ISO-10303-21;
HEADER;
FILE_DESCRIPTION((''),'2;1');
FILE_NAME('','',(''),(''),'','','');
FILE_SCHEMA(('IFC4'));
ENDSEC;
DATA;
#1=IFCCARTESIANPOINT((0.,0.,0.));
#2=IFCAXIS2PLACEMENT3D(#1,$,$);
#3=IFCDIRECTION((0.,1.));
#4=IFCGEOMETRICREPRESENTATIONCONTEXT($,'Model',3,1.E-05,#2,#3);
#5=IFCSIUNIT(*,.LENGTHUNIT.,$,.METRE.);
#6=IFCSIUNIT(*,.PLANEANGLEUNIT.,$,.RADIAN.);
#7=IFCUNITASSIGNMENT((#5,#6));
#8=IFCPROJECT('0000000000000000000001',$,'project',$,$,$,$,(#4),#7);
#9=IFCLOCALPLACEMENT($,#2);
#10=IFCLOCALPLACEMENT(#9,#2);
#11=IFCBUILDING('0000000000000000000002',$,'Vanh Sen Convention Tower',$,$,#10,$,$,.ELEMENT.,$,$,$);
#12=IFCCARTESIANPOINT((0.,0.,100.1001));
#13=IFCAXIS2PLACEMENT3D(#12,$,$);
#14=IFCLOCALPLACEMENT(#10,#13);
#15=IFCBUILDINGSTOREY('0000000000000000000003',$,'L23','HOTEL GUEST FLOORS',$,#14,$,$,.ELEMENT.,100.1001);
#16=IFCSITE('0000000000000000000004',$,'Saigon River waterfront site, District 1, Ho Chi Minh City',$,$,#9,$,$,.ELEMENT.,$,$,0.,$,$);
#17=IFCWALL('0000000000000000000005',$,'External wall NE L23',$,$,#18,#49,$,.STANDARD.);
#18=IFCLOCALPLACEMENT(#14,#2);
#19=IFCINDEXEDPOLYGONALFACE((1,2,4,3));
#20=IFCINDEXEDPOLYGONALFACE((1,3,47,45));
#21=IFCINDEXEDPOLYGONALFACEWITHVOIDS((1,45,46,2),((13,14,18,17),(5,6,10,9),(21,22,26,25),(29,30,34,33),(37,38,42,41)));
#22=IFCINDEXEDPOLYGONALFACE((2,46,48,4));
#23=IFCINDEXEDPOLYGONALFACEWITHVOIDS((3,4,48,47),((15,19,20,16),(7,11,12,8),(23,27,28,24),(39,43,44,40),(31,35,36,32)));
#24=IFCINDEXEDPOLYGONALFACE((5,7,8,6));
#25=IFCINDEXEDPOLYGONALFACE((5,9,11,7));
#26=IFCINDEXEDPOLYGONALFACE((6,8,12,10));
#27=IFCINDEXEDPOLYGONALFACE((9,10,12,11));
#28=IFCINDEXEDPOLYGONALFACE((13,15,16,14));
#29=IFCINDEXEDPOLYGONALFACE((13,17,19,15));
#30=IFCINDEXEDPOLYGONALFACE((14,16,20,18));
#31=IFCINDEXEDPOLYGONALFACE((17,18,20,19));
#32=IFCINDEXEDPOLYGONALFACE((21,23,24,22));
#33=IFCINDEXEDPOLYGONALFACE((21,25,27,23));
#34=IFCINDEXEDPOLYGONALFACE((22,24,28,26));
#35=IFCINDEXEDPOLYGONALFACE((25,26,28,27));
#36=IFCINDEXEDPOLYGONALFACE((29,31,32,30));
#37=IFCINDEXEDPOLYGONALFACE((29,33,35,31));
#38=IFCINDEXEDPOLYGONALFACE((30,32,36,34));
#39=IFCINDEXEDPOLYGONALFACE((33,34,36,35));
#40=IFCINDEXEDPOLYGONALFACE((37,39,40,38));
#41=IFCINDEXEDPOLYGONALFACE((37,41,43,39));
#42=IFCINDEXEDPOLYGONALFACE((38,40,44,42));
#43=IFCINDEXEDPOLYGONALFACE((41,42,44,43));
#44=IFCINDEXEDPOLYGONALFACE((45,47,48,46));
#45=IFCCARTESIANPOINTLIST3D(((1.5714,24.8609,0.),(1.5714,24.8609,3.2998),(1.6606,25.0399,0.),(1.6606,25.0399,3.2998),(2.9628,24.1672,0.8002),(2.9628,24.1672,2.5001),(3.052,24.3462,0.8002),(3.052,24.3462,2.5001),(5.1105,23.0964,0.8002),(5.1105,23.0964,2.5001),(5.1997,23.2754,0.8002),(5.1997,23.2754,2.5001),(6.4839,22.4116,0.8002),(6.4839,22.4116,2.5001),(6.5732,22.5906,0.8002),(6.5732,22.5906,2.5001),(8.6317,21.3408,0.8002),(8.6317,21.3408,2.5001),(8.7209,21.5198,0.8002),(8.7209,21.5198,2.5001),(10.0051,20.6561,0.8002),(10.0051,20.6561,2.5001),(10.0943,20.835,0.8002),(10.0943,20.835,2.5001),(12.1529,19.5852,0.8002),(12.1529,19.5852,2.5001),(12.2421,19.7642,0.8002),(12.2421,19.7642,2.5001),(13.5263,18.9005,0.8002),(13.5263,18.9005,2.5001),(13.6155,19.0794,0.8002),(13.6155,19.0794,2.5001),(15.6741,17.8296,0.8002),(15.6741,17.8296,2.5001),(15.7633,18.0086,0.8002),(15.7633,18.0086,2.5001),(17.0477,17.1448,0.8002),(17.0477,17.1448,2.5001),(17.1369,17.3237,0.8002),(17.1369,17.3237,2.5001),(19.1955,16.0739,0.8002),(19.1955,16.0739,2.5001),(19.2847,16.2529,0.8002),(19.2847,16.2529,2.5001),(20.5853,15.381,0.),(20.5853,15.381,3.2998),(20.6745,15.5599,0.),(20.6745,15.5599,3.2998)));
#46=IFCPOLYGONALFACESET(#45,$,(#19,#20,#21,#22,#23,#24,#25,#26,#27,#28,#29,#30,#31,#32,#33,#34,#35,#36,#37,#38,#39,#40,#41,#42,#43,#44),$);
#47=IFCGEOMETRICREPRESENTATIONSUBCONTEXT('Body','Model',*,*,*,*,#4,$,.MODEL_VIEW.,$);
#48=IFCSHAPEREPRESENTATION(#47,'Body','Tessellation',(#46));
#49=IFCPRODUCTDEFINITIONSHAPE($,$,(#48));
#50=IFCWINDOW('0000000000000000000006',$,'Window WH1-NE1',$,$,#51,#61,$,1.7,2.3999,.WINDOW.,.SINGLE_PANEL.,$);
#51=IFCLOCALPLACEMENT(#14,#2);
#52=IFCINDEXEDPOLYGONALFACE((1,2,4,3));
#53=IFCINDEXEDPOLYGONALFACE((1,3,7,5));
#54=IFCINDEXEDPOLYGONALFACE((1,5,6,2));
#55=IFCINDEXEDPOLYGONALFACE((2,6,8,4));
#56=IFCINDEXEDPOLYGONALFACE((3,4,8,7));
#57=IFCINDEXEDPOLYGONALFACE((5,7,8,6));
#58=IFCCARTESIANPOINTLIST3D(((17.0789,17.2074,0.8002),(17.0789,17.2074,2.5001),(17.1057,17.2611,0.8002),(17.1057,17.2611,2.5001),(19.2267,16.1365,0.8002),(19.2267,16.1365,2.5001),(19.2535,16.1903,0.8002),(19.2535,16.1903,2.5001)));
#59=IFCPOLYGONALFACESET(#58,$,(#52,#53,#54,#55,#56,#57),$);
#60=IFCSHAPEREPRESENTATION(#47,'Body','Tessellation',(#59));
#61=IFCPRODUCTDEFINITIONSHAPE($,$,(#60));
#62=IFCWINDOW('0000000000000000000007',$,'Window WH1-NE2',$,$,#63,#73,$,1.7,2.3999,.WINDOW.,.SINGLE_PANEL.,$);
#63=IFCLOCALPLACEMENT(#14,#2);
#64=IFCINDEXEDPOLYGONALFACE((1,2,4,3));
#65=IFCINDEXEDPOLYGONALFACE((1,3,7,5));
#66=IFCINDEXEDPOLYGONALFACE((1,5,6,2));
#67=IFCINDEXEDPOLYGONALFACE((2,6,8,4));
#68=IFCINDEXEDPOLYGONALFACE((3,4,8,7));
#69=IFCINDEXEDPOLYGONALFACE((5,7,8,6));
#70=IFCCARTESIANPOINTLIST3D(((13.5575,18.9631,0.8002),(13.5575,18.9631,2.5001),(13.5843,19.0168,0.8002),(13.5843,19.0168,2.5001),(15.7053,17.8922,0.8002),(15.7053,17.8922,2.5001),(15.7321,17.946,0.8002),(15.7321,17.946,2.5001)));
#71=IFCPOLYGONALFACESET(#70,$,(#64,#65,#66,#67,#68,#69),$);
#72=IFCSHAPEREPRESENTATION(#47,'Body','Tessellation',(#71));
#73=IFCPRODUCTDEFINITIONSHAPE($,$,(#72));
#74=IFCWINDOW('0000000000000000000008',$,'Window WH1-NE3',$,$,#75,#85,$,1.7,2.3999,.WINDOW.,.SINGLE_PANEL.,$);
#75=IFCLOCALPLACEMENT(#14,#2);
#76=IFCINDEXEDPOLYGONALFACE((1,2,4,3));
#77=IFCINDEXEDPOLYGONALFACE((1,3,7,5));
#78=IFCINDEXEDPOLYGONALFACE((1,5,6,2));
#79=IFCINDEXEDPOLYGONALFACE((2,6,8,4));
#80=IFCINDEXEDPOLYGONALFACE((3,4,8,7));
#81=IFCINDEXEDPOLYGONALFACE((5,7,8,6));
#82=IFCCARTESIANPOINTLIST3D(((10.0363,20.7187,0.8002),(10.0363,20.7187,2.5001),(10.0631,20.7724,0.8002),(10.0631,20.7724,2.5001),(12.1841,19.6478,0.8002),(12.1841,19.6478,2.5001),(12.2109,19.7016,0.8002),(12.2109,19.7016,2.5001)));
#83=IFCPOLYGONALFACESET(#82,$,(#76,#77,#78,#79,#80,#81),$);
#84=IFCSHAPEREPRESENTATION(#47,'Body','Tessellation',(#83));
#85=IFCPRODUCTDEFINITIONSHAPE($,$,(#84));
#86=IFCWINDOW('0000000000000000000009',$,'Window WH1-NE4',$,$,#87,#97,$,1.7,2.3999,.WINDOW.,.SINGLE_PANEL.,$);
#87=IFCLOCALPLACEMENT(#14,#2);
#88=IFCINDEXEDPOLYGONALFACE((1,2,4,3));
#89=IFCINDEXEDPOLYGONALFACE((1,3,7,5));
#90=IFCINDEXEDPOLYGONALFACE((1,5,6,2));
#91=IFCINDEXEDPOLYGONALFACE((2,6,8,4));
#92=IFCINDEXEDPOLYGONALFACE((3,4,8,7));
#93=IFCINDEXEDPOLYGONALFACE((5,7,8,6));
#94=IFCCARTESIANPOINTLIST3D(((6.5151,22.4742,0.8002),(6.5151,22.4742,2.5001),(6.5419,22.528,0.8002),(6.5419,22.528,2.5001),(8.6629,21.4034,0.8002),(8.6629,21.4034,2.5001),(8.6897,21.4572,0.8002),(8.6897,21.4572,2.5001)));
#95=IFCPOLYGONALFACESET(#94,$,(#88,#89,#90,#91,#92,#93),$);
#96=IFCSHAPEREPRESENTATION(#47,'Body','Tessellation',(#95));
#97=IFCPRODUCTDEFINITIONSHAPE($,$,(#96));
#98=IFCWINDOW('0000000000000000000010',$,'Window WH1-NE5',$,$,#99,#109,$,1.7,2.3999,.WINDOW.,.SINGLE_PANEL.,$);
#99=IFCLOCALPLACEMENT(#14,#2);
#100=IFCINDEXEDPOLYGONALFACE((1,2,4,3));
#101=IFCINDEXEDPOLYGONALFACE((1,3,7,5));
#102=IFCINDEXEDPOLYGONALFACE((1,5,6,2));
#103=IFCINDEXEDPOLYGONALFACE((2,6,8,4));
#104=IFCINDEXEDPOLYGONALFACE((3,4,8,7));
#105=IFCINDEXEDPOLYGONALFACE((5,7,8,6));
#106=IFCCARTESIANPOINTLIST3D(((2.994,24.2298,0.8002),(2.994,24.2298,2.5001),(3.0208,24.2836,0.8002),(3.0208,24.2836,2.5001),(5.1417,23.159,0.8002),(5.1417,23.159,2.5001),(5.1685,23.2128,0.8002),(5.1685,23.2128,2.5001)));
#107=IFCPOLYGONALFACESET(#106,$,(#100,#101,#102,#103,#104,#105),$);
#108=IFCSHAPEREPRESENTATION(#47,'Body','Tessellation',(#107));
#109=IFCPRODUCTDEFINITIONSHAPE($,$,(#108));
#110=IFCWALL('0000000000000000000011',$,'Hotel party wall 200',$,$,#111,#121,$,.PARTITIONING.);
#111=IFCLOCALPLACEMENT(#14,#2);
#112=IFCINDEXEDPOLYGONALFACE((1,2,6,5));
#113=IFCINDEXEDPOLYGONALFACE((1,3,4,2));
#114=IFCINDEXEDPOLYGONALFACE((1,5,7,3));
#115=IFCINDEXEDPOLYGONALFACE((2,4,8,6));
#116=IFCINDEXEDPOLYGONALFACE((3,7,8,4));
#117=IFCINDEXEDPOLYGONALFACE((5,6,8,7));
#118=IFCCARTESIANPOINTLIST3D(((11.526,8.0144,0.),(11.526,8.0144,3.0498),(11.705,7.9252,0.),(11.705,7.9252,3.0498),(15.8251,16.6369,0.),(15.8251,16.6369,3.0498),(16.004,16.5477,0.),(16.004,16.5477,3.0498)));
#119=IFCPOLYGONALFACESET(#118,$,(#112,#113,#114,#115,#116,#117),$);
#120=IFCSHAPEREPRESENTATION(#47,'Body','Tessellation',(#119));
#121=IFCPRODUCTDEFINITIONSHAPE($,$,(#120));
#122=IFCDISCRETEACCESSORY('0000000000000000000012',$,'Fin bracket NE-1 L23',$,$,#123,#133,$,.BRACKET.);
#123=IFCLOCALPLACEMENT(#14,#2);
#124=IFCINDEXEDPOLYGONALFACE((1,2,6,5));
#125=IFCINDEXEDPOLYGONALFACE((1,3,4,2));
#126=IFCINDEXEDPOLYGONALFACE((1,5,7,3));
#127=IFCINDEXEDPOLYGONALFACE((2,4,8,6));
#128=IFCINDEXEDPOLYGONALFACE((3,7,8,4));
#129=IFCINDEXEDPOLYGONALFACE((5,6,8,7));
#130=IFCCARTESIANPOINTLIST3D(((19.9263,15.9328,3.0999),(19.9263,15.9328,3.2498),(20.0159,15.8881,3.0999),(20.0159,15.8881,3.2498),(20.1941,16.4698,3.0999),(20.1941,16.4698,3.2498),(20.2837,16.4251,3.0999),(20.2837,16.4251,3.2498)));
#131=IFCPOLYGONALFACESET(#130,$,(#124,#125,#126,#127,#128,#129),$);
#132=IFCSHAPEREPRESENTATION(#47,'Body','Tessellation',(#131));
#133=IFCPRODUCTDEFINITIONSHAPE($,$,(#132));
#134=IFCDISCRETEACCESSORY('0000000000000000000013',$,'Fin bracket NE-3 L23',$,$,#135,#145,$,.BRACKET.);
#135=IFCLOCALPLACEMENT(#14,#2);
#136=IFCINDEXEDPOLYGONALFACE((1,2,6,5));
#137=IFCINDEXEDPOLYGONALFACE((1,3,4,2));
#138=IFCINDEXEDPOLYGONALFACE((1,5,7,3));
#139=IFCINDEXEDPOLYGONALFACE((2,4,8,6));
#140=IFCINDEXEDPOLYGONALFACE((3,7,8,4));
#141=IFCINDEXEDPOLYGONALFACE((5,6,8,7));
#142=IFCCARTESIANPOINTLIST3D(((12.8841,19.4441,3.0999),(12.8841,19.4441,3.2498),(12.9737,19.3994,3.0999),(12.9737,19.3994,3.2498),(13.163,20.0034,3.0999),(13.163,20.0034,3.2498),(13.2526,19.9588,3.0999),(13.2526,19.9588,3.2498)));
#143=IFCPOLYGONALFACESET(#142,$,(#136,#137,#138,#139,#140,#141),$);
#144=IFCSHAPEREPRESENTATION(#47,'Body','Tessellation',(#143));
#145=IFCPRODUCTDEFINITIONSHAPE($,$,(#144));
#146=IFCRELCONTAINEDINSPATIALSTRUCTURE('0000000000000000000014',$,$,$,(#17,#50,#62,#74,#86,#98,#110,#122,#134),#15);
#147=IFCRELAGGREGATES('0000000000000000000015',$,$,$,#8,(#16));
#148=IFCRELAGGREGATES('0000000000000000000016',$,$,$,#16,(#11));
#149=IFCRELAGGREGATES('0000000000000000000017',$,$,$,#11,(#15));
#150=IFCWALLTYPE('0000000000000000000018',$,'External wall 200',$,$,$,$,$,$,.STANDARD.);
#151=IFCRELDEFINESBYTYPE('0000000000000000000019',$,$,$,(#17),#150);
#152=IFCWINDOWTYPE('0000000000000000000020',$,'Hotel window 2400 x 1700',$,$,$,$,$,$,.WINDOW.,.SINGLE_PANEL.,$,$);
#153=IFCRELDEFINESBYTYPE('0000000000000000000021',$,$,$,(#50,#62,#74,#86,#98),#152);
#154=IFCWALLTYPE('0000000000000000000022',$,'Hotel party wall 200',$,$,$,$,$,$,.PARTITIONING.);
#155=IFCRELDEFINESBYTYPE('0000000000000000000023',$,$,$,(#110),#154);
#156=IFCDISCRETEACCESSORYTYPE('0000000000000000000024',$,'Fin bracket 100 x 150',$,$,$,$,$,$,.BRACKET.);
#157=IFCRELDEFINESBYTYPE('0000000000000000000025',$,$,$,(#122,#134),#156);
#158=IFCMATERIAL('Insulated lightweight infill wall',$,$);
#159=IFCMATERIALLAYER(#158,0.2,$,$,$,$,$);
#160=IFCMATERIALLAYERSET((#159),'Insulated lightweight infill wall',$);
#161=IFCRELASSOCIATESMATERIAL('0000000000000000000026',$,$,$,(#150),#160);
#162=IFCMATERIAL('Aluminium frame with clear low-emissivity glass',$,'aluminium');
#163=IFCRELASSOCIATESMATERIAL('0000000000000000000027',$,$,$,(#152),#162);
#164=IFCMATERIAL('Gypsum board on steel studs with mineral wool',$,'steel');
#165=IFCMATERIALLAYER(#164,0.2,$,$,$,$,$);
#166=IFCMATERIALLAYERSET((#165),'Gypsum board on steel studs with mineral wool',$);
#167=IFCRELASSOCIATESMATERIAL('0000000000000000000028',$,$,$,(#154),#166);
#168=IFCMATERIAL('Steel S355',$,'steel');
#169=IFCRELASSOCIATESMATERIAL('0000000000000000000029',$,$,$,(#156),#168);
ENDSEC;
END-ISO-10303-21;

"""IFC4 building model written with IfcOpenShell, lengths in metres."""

from ifc_helpers import new_model, si_unit, direction, frame, frame_2d, origin, origin_2d, place, context, subcontext, project, spatial, rectangle, extrude, material, layer, layer_set, type_object, element, fill, save


model = new_model("IFC4")

# Units and contexts
model_context = context("Model", 3, precision=1e-05, world=origin(), true_north=direction((0.0, 1.0)))
body_context = subcontext(model_context, "Body", "Model", "MODEL_VIEW")
ifc_project = project(units=[si_unit("LENGTHUNIT", "METRE"), si_unit("PLANEANGLEUNIT", "RADIAN")], contexts=[model_context])

# Site, building, storey
site_placement = place(None, origin())
site = spatial("IfcSite", under=ifc_project, at=site_placement, Name="Saigon River waterfront site, District 1, Ho Chi Minh City", CompositionType="ELEMENT", RefElevation=0.0)
building_placement = place(site_placement, origin())
building = spatial("IfcBuilding", under=site, at=building_placement, Name="Vanh Sen Convention Tower", CompositionType="ELEMENT")
storey_placement = place(building_placement, frame((0.0, 0.0, 100.1001)))
storey = spatial("IfcBuildingStorey", under=building, at=storey_placement, Name="L23", Description="HOTEL GUEST FLOORS", CompositionType="ELEMENT", Elevation=100.1001)

# Shared definitions
ifc_material_1 = material(Name="Insulated lightweight infill wall")
ifc_layer_1 = layer(ifc_material_1, 0.2)
ifc_layer_set_1 = layer_set([ifc_layer_1], Name="Insulated lightweight infill wall")
wall_type_1 = type_object("IfcWallType", Name="External wall 200", PredefinedType="STANDARD", material=ifc_layer_set_1)
ifc_material_2 = material(Name="Aluminium frame with clear low-emissivity glass", Category="aluminium")

# Wall, openings, windows
wall_1_placement = place(storey_placement, frame((20.6299, 15.4705, 0.0), z_axis=(0.0, 0.0, 1.0), x_axis=(-0.894935, 0.446197, 0.0)))
wall_1 = element("IfcWall", 1, at=wall_1_placement, inside=storey, type_object=wall_type_1, Name="External wall NE L23", PredefinedType="STANDARD", context=body_context, shape_type="SweptSolid", body=[
    extrude(rectangle(XDim=21.2461, YDim=0.2, at=frame_2d((10.623, 0.0))), origin(), (0.0, 0.0, 1.0), 3.2998),
])
opening_1_placement = place(wall_1_placement, frame((1.553, 0.0, 0.8)))
opening_1 = element("IfcOpeningElement", 2, at=opening_1_placement, cuts=wall_1, PredefinedType="OPENING", context=body_context, shape_type="SweptSolid", body=[
    extrude(rectangle(XDim=2.3999, YDim=1.7, at=frame_2d((1.2, 0.8501))), frame((0.0, 0.1099, 0.0), z_axis=(0.0, -1.0, 0.0), x_axis=(1.0, 0.0, 0.0)), (0.0, 0.0, 1.0), 0.22),
])
opening_2_placement = place(wall_1_placement, frame((5.4878, 0.0, 0.8)))
opening_2 = element("IfcOpeningElement", 3, at=opening_2_placement, cuts=wall_1, PredefinedType="OPENING", context=body_context, shape_type="SweptSolid", body=[
    extrude(rectangle(XDim=2.3999, YDim=1.7, at=frame_2d((1.2, 0.8501))), frame((0.0, 0.1099, 0.0), z_axis=(0.0, -1.0, 0.0), x_axis=(1.0, 0.0, 0.0)), (0.0, 0.0, 1.0), 0.22),
])
opening_3_placement = place(wall_1_placement, frame((9.4224, 0.0, 0.8)))
opening_3 = element("IfcOpeningElement", 4, at=opening_3_placement, cuts=wall_1, PredefinedType="OPENING", context=body_context, shape_type="SweptSolid", body=[
    extrude(rectangle(XDim=2.3999, YDim=1.7, at=frame_2d((1.2, 0.8501))), frame((0.0, 0.1099, 0.0), z_axis=(0.0, -1.0, 0.0), x_axis=(1.0, 0.0, 0.0)), (0.0, 0.0, 1.0), 0.22),
])
opening_4_placement = place(wall_1_placement, frame((13.3569, 0.0, 0.8)))
opening_4 = element("IfcOpeningElement", 5, at=opening_4_placement, cuts=wall_1, PredefinedType="OPENING", context=body_context, shape_type="SweptSolid", body=[
    extrude(rectangle(XDim=2.3999, YDim=1.7, at=frame_2d((1.2, 0.8501))), frame((0.0, 0.1099, 0.0), z_axis=(0.0, -1.0, 0.0), x_axis=(1.0, 0.0, 0.0)), (0.0, 0.0, 1.0), 0.22),
])
opening_5_placement = place(wall_1_placement, frame((17.2915, 0.0, 0.8)))
opening_5 = element("IfcOpeningElement", 6, at=opening_5_placement, cuts=wall_1, PredefinedType="OPENING", context=body_context, shape_type="SweptSolid", body=[
    extrude(rectangle(XDim=2.3999, YDim=1.7, at=frame_2d((1.2, 0.8501))), frame((0.0, 0.1099, 0.0), z_axis=(0.0, -1.0, 0.0), x_axis=(1.0, 0.0, 0.0)), (0.0, 0.0, 1.0), 0.22),
])
window_type_1 = type_object("IfcWindowType", Name="Hotel window 2400 x 1700", PartitioningType="SINGLE_PANEL", PredefinedType="WINDOW", material=ifc_material_2)
window_1_placement = place(opening_1_placement, origin())
window_1 = element("IfcWindow", 7, at=window_1_placement, inside=storey, type_object=window_type_1, Name="Window WH1-NE1", OverallHeight=1.7, OverallWidth=2.3999, PartitioningType="SINGLE_PANEL", PredefinedType="WINDOW", context=body_context, shape_type="SweptSolid", body=[
    extrude(rectangle(XDim=2.3999, YDim=1.7, at=frame_2d((1.2, 0.8501))), frame((0.0, 0.03, 0.0), z_axis=(0.0, -1.0, 0.0), x_axis=(1.0, 0.0, 0.0)), (0.0, 0.0, 1.0), 0.0601),
])
fill(opening_1, window_1)
window_2_placement = place(opening_2_placement, origin())
window_2 = element("IfcWindow", 8, at=window_2_placement, inside=storey, type_object=window_type_1, Name="Window WH1-NE2", OverallHeight=1.7, OverallWidth=2.3999, PartitioningType="SINGLE_PANEL", PredefinedType="WINDOW", context=body_context, shape_type="SweptSolid", body=[
    extrude(rectangle(XDim=2.3999, YDim=1.7, at=frame_2d((1.2, 0.8501))), frame((0.0, 0.03, 0.0), z_axis=(0.0, -1.0, 0.0), x_axis=(1.0, 0.0, 0.0)), (0.0, 0.0, 1.0), 0.0601),
])
fill(opening_2, window_2)
window_3_placement = place(opening_3_placement, origin())
window_3 = element("IfcWindow", 9, at=window_3_placement, inside=storey, type_object=window_type_1, Name="Window WH1-NE3", OverallHeight=1.7, OverallWidth=2.3999, PartitioningType="SINGLE_PANEL", PredefinedType="WINDOW", context=body_context, shape_type="SweptSolid", body=[
    extrude(rectangle(XDim=2.3999, YDim=1.7, at=frame_2d((1.2, 0.8501))), frame((0.0, 0.03, 0.0), z_axis=(0.0, -1.0, 0.0), x_axis=(1.0, 0.0, 0.0)), (0.0, 0.0, 1.0), 0.0601),
])
fill(opening_3, window_3)
window_4_placement = place(opening_4_placement, origin())
window_4 = element("IfcWindow", 10, at=window_4_placement, inside=storey, type_object=window_type_1, Name="Window WH1-NE4", OverallHeight=1.7, OverallWidth=2.3999, PartitioningType="SINGLE_PANEL", PredefinedType="WINDOW", context=body_context, shape_type="SweptSolid", body=[
    extrude(rectangle(XDim=2.3999, YDim=1.7, at=frame_2d((1.2, 0.8501))), frame((0.0, 0.03, 0.0), z_axis=(0.0, -1.0, 0.0), x_axis=(1.0, 0.0, 0.0)), (0.0, 0.0, 1.0), 0.0601),
])
fill(opening_4, window_4)
window_5_placement = place(opening_5_placement, origin())
window_5 = element("IfcWindow", 11, at=window_5_placement, inside=storey, type_object=window_type_1, Name="Window WH1-NE5", OverallHeight=1.7, OverallWidth=2.3999, PartitioningType="SINGLE_PANEL", PredefinedType="WINDOW", context=body_context, shape_type="SweptSolid", body=[
    extrude(rectangle(XDim=2.3999, YDim=1.7, at=frame_2d((1.2, 0.8501))), frame((0.0, 0.03, 0.0), z_axis=(0.0, -1.0, 0.0), x_axis=(1.0, 0.0, 0.0)), (0.0, 0.0, 1.0), 0.0601),
])
fill(opening_5, window_5)

# Wall
ifc_material_3 = material(Name="Gypsum board on steel studs with mineral wool", Category="steel")
ifc_layer_2 = layer(ifc_material_3, 0.2)
ifc_layer_set_2 = layer_set([ifc_layer_2], Name="Gypsum board on steel studs with mineral wool")
wall_type_2 = type_object("IfcWallType", Name="Hotel party wall 200", PredefinedType="PARTITIONING", material=ifc_layer_set_2)
wall_2_placement = place(storey_placement, frame((15.9146, 16.5923, 0.0), z_axis=(0.0, 0.0, 1.0), x_axis=(-0.4462, -0.894933, 0.0)))
element("IfcWall", 12, at=wall_2_placement, inside=storey, type_object=wall_type_2, Name="Hotel party wall 200", PredefinedType="PARTITIONING", context=body_context, shape_type="SweptSolid", body=[
    extrude(rectangle(XDim=9.6348, YDim=0.2, at=frame_2d((4.8174, 0.0))), origin(), (0.0, 0.0, 1.0), 3.0498),
])

# Discrete accessories
ifc_material_4 = material(Name="Steel S355", Category="steel")
discrete_accessory_type = type_object("IfcDiscreteAccessoryType", Name="Fin bracket 100 x 150", PredefinedType="BRACKET", material=ifc_material_4)
discrete_accessory_1_placement = place(storey_placement, frame((20.105, 16.179, 3.0999), z_axis=(0.0, 0.0, 1.0), x_axis=(0.446198, 0.894934, 0.0)))
element("IfcDiscreteAccessory", 13, at=discrete_accessory_1_placement, inside=storey, type_object=discrete_accessory_type, Name="Fin bracket NE-1 L23", PredefinedType="BRACKET", context=body_context, shape_type="SweptSolid", body=[
    extrude(rectangle(XDim=0.6001, YDim=0.1001, at=origin_2d()), origin(), (0.0, 0.0, 1.0), 0.1499),
])
discrete_accessory_2_placement = place(storey_placement, frame((13.0684, 19.7014, 3.0999), z_axis=(0.0, 0.0, 1.0), x_axis=(0.446198, 0.894934, 0.0)))
element("IfcDiscreteAccessory", 14, at=discrete_accessory_2_placement, inside=storey, type_object=discrete_accessory_type, Name="Fin bracket NE-3 L23", PredefinedType="BRACKET", context=body_context, shape_type="SweptSolid", body=[
    extrude(rectangle(XDim=0.625, YDim=0.1001, at=origin_2d()), origin(), (0.0, 0.0, 1.0), 0.1499),
])

save(model, "model.ifc")
